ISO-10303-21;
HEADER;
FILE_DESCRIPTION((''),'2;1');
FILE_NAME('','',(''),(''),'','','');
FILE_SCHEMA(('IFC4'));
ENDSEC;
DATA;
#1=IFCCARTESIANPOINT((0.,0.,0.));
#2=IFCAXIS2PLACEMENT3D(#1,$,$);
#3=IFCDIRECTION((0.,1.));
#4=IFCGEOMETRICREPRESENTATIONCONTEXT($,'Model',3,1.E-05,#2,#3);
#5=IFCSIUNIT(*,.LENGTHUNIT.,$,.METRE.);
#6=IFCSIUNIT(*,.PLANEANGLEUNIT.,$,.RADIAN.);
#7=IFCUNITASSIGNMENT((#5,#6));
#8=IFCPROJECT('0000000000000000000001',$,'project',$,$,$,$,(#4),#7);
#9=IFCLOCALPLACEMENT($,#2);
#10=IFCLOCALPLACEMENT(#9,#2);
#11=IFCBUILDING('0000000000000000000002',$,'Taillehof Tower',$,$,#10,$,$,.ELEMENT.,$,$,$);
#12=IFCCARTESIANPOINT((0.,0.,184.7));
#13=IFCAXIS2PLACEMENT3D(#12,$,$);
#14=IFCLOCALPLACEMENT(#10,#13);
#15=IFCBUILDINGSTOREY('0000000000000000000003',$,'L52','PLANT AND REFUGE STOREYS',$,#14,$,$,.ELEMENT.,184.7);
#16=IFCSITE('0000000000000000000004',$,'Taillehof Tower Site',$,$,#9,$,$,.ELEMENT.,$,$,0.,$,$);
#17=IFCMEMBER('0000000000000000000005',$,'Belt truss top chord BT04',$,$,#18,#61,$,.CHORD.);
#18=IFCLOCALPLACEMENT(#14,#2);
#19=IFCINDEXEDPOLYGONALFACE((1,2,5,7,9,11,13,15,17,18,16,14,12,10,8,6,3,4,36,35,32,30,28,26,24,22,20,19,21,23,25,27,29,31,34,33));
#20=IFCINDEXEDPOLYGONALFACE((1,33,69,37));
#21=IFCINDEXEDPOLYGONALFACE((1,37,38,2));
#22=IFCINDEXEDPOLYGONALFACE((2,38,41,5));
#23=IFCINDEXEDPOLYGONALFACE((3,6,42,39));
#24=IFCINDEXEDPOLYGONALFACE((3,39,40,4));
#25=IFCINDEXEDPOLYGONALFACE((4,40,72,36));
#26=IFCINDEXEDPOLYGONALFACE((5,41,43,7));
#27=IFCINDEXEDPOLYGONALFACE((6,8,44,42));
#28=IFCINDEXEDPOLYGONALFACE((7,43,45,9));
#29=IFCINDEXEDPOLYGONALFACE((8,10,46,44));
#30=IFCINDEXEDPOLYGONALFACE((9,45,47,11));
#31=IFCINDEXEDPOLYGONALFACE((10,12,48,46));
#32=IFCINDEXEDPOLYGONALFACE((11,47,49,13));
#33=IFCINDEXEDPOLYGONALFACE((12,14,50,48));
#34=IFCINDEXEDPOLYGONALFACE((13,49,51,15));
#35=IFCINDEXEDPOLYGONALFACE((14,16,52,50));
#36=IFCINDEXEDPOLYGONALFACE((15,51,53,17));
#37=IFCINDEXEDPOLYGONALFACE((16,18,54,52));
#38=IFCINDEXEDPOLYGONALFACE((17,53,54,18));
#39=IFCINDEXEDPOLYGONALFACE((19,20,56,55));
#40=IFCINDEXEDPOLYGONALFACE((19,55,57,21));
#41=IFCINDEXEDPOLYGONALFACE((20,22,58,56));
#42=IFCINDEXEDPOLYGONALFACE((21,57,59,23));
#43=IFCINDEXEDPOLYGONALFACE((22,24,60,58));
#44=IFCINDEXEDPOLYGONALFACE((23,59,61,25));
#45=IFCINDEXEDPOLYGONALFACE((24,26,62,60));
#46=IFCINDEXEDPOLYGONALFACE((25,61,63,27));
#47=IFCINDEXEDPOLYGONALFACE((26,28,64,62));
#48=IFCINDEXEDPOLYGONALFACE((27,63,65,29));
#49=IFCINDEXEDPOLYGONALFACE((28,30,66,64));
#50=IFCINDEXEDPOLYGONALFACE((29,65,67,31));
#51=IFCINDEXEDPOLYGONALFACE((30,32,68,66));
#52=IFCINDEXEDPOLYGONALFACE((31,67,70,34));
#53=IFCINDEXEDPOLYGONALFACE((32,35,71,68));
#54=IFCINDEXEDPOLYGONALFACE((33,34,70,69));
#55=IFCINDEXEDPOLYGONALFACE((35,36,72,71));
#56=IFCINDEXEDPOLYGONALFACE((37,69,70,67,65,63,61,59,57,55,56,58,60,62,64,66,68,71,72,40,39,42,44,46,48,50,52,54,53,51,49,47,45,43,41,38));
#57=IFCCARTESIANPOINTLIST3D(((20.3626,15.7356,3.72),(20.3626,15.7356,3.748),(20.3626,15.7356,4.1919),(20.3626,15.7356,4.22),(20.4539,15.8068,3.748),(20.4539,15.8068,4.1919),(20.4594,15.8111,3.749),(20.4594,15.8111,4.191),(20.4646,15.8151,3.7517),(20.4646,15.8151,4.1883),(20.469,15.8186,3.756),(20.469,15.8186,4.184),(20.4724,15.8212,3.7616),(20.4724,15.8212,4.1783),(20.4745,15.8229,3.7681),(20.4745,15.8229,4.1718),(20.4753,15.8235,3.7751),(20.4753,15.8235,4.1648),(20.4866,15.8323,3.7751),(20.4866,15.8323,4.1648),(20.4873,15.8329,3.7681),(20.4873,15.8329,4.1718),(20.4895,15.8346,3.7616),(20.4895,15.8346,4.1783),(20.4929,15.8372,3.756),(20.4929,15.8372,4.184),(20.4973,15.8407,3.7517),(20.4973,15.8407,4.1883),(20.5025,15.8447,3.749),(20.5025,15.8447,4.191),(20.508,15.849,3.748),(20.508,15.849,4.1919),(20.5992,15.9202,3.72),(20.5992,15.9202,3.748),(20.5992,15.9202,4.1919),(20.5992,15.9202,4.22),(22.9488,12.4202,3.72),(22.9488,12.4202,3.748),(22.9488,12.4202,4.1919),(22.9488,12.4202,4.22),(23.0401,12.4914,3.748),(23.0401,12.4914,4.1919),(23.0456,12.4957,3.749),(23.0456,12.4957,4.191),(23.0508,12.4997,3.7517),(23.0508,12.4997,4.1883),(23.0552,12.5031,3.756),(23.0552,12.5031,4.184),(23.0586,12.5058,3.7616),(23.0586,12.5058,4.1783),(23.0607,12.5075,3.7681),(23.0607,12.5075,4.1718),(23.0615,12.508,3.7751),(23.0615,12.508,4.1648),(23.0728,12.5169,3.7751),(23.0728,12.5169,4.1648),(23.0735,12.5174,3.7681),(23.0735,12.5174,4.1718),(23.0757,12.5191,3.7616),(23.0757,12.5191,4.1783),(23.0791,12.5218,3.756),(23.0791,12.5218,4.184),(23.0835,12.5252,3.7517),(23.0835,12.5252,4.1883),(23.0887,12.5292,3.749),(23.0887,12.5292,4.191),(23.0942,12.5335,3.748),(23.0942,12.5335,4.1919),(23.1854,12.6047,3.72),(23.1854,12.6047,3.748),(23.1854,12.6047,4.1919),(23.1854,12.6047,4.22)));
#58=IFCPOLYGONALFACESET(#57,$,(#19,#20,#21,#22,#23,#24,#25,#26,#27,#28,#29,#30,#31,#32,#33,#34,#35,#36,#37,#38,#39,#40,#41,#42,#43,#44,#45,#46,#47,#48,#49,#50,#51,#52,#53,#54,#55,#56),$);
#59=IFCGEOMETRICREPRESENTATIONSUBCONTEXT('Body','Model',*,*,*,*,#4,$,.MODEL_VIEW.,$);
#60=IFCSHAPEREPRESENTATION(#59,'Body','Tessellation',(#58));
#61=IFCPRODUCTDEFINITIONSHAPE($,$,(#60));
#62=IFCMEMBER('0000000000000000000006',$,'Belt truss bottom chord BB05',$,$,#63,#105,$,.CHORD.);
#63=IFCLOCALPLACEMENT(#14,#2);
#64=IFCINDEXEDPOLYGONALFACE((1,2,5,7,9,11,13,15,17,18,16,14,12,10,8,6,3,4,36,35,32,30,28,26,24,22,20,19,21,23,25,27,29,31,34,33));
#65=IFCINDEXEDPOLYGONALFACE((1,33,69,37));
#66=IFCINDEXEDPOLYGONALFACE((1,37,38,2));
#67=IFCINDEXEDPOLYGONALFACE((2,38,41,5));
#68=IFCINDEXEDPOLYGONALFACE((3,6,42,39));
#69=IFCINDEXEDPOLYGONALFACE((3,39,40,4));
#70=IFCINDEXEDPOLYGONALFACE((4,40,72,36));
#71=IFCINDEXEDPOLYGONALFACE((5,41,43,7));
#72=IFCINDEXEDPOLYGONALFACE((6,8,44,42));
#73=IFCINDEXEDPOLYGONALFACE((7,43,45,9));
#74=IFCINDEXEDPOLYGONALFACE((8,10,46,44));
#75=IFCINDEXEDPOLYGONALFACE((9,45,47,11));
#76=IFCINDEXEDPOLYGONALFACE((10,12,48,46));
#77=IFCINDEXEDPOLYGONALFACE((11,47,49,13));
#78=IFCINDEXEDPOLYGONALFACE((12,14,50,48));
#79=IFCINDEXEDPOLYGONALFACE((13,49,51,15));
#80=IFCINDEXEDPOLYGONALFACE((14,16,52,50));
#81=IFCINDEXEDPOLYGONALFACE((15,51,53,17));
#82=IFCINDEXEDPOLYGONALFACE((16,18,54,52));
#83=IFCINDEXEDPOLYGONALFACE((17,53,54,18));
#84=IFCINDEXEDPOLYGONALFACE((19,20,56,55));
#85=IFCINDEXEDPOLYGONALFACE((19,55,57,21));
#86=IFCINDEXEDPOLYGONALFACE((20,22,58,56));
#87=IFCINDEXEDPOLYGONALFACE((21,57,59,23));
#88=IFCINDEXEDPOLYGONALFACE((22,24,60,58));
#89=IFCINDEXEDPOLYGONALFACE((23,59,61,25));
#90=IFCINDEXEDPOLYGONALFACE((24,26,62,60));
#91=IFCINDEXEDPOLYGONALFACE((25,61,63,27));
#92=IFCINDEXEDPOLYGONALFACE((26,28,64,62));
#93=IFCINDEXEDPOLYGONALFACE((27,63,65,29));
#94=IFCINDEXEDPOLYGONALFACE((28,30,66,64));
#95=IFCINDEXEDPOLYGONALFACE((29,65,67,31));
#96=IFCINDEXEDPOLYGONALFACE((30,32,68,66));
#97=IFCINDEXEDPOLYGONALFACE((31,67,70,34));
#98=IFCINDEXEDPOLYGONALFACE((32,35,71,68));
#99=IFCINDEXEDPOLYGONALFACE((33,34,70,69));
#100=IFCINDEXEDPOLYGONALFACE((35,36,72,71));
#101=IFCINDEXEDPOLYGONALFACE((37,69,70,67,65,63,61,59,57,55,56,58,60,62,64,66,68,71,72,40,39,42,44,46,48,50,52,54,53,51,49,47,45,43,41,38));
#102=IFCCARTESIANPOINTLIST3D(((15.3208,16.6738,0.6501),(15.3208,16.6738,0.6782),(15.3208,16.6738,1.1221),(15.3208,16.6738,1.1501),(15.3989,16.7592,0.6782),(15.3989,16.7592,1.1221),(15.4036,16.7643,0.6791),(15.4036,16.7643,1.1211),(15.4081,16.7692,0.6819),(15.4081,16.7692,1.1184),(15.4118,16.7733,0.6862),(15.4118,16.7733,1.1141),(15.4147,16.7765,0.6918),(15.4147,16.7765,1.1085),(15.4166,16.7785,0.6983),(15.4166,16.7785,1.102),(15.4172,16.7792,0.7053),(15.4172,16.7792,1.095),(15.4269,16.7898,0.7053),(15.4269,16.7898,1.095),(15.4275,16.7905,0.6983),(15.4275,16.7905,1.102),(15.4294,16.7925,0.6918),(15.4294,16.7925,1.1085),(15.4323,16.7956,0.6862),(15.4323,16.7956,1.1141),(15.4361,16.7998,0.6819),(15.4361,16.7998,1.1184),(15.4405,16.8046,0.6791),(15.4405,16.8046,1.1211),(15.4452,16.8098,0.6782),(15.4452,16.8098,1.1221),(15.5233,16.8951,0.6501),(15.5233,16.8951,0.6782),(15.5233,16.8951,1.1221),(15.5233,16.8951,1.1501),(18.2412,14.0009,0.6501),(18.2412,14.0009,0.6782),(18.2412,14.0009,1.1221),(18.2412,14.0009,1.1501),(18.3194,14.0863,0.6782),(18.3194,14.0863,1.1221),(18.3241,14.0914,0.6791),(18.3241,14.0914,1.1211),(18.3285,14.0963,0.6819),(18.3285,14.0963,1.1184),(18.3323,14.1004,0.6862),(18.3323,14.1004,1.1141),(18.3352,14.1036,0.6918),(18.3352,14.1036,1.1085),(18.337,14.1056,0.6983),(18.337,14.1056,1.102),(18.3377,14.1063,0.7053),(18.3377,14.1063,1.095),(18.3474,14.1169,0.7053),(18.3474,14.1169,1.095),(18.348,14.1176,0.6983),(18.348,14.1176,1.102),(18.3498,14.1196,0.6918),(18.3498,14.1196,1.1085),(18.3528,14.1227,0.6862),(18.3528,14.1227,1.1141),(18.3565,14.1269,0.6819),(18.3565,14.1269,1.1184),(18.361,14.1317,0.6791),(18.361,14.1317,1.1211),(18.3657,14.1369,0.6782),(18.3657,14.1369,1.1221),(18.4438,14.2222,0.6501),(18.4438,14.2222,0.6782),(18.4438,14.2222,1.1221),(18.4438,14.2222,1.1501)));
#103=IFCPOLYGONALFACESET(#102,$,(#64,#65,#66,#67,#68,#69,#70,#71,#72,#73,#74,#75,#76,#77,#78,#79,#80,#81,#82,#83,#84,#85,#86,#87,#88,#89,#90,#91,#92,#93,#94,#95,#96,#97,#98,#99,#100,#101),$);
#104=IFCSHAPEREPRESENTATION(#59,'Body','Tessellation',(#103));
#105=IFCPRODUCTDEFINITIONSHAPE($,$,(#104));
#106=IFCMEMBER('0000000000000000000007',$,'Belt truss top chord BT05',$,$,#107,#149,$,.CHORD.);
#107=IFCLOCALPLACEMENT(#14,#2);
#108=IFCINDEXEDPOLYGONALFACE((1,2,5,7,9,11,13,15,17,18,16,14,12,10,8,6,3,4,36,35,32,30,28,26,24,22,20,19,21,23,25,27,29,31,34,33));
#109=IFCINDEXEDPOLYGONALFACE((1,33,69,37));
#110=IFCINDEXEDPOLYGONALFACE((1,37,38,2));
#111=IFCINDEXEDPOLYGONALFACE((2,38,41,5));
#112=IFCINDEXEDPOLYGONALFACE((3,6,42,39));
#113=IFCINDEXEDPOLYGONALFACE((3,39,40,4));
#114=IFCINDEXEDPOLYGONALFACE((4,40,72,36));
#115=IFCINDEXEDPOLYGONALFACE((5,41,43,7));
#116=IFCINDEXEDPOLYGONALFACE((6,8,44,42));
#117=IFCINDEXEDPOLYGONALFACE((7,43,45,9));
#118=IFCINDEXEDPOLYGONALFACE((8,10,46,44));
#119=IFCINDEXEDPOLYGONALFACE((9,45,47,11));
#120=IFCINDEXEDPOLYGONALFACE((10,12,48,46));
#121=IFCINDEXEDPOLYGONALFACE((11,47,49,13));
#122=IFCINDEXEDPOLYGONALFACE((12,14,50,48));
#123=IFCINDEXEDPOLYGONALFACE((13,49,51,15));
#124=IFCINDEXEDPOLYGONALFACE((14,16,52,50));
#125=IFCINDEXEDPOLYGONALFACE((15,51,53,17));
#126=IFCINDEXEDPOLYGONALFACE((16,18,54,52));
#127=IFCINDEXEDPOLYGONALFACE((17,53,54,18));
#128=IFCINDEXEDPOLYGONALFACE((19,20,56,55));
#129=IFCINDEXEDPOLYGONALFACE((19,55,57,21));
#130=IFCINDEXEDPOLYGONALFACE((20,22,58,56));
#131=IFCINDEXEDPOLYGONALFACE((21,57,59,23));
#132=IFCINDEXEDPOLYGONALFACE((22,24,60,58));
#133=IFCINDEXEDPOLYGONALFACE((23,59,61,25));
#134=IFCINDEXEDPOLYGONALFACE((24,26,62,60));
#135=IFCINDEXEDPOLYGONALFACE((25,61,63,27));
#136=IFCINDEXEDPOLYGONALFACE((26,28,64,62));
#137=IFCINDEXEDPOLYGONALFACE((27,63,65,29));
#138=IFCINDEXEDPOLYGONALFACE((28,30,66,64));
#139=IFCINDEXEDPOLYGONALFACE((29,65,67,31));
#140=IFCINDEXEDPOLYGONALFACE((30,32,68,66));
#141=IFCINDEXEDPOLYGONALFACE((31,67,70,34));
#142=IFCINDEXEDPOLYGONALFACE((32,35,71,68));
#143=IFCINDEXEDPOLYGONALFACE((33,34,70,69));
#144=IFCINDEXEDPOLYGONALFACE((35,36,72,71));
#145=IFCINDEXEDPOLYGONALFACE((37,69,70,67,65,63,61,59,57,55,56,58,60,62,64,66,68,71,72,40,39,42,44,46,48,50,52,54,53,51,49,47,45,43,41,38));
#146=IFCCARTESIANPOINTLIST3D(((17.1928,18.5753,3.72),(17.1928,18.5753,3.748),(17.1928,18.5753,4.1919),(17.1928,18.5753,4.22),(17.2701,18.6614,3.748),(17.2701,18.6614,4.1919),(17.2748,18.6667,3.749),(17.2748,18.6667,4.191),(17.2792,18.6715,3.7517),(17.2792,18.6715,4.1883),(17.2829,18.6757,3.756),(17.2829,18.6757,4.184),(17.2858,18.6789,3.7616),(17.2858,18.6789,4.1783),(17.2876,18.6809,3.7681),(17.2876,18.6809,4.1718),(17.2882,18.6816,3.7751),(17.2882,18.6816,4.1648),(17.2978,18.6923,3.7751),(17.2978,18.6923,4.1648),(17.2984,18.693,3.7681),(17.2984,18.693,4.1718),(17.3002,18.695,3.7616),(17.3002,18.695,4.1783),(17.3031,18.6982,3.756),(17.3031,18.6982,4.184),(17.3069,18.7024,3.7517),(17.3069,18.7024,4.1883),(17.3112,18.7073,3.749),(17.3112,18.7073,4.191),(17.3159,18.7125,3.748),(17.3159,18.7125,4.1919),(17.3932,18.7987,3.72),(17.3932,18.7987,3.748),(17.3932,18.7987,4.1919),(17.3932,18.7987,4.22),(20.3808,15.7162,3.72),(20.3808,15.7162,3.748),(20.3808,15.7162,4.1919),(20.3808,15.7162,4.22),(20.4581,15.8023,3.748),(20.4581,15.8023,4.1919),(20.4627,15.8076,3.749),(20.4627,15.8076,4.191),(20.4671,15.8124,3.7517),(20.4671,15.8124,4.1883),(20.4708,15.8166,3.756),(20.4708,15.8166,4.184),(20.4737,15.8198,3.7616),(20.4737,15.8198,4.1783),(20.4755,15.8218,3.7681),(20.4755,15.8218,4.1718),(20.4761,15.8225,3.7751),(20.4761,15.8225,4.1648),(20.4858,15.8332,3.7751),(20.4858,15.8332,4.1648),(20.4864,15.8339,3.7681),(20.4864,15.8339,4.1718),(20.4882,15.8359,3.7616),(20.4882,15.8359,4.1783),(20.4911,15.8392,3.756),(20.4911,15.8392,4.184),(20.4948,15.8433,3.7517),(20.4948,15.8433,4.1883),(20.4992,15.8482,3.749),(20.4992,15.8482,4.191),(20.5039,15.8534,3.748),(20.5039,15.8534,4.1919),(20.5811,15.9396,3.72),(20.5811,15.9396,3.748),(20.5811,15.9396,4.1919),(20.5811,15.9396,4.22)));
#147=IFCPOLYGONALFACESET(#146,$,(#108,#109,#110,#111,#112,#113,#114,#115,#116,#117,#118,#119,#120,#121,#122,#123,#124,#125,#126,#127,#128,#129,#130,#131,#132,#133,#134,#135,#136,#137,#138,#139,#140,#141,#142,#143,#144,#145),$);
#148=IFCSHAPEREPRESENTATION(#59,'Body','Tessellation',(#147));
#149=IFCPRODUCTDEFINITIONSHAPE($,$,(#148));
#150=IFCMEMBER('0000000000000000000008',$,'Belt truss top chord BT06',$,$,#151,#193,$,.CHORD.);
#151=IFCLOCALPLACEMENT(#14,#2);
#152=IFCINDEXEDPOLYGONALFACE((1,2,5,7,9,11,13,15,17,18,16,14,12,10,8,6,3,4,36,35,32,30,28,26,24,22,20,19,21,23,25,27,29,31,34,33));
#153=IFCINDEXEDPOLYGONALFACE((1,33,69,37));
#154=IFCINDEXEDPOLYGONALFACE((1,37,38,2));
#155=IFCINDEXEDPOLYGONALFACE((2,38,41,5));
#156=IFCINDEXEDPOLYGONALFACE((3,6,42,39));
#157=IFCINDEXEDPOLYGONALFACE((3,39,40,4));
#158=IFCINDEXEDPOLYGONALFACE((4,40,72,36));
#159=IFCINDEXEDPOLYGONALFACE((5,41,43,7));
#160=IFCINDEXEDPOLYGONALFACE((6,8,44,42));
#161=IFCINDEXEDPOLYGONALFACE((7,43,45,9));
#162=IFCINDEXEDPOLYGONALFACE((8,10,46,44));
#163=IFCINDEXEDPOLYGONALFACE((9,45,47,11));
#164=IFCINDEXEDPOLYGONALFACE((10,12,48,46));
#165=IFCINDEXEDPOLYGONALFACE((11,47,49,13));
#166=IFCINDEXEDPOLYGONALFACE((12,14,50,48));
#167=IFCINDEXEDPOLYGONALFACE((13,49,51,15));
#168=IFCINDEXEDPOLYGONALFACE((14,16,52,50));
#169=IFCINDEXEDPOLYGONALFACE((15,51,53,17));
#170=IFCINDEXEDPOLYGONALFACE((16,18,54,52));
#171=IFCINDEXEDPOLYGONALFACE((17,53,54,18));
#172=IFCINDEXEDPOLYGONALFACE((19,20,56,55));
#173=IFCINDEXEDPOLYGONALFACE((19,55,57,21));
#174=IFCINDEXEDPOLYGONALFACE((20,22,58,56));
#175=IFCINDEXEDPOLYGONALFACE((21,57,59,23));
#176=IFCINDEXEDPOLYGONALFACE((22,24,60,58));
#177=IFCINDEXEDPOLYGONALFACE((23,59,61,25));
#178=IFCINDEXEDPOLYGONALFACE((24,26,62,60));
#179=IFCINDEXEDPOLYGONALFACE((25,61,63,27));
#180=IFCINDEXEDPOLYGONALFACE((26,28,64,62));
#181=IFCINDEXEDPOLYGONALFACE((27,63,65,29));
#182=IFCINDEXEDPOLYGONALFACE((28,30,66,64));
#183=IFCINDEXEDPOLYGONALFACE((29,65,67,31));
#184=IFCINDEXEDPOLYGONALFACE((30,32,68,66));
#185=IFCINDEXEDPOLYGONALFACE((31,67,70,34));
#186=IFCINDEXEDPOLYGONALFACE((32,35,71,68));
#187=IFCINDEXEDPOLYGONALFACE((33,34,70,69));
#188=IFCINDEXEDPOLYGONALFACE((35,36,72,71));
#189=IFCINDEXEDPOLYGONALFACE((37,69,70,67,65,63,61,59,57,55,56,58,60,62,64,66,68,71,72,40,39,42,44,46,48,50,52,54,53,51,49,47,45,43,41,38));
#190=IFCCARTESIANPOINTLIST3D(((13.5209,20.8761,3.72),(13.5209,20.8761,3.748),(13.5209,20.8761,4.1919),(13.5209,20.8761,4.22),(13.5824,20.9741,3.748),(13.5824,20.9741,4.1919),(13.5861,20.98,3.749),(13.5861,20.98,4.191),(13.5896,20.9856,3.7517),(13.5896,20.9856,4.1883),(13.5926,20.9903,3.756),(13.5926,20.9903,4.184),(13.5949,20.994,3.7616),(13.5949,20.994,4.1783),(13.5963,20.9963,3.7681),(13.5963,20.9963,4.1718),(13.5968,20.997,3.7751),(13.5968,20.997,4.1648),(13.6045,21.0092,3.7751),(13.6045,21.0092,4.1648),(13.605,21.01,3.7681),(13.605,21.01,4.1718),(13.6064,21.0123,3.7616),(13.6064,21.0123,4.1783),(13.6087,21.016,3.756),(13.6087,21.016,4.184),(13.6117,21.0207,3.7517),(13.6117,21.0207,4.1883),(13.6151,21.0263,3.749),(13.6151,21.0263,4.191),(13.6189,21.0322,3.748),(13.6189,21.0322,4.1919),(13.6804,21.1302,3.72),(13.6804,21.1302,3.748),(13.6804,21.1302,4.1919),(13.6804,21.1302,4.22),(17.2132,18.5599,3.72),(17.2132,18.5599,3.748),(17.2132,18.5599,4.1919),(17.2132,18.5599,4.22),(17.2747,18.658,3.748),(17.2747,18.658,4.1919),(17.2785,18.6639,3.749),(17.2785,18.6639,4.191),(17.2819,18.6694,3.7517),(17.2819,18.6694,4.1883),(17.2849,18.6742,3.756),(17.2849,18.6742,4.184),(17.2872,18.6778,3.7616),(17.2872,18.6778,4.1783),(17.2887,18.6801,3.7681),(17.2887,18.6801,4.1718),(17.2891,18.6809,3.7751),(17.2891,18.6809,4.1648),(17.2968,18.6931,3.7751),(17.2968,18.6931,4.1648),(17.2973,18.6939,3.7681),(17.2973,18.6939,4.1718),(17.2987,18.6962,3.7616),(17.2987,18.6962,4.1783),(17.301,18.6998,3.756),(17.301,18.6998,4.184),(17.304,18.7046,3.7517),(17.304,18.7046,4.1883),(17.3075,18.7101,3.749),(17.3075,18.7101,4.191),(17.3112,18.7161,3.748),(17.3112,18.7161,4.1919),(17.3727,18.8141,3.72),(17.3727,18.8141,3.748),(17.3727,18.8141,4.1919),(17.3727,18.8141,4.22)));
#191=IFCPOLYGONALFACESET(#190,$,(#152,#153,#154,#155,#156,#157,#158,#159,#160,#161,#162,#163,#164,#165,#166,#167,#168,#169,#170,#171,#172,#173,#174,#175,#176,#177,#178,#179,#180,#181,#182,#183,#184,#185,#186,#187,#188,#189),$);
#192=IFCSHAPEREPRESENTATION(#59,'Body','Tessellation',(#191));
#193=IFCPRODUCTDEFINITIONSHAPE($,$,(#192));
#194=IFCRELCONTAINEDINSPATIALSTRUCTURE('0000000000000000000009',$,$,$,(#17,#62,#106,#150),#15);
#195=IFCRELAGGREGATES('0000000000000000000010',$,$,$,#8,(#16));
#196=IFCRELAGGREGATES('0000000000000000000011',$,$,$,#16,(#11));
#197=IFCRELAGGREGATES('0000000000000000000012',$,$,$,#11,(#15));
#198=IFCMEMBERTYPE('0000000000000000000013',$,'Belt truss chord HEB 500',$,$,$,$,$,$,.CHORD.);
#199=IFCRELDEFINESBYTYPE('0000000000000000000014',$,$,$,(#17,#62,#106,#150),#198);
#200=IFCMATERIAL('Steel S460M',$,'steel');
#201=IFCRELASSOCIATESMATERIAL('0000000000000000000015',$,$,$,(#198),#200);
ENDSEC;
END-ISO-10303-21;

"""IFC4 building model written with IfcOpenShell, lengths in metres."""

from ifc_helpers import new_model, si_unit, direction, frame, origin, origin_2d, place, context, subcontext, project, spatial, i_section, extrude, material, material_profile, profile_set, type_object, element, save


model = new_model("IFC4")

# Units and contexts
model_context = context("Model", 3, precision=1e-05, world=origin(), true_north=direction((0.0, 1.0)))
body_context = subcontext(model_context, "Body", "Model", "MODEL_VIEW")
ifc_project = project(units=[si_unit("LENGTHUNIT", "METRE"), si_unit("PLANEANGLEUNIT", "RADIAN")], contexts=[model_context])

# Site, building, storey
site_placement = place(None, origin())
site = spatial("IfcSite", under=ifc_project, at=site_placement, Name="Taillehof Tower Site", CompositionType="ELEMENT", RefElevation=0.0)
building_placement = place(site_placement, origin())
building = spatial("IfcBuilding", under=site, at=building_placement, Name="Taillehof Tower", CompositionType="ELEMENT")
storey_placement = place(building_placement, frame((0.0, 0.0, 184.7)))
storey = spatial("IfcBuildingStorey", under=building, at=storey_placement, Name="L52", Description="PLANT AND REFUGE STOREYS", CompositionType="ELEMENT", Elevation=184.7)

# Members
ifc_material_1 = material(Name="Steel S460M", Category="steel")
ifc_material_profile_1 = material_profile(ifc_material_1, i_section(OverallWidth=0.3, OverallDepth=0.5, WebThickness=0.0144, FlangeThickness=0.0281, FilletRadius=0.0271, at=origin_2d()), Name="HEB 500")
ifc_profile_set_1 = profile_set([ifc_material_profile_1], Name="Steel S460M")
member_type_1 = type_object("IfcMemberType", Name="Belt truss chord HEB 500", PredefinedType="CHORD", material=ifc_profile_set_1)
member_1_placement = place(storey_placement, frame((23.0671, 12.5125, 3.97), z_axis=(-0.615053, 0.788485, 0.0), x_axis=(-0.788485, -0.615053, 0.0)))
element("IfcMember", 1, at=member_1_placement, inside=storey, type_object=member_type_1, Name="Belt truss top chord BT04", PredefinedType="CHORD", context=body_context, shape_type="SweptSolid", body=[
    extrude(i_section(OverallWidth=0.3, OverallDepth=0.5, WebThickness=0.0144, FlangeThickness=0.0281, FilletRadius=0.0271, at=origin_2d()), origin(), (0.0, 0.0, 1.0), 4.2048),
])
member_2_placement = place(storey_placement, frame((18.3425, 14.1116, 0.9001), z_axis=(-0.737681, 0.675149, 0.0), x_axis=(-0.675149, -0.737681, 0.0)))
element("IfcMember", 2, at=member_2_placement, inside=storey, type_object=member_type_1, Name="Belt truss bottom chord BB05", PredefinedType="CHORD", context=body_context, shape_type="SweptSolid", body=[
    extrude(i_section(OverallWidth=0.3, OverallDepth=0.5, WebThickness=0.0144, FlangeThickness=0.0281, FilletRadius=0.0271, at=origin_2d()), origin(), (0.0, 0.0, 1.0), 3.959),
])
member_3_placement = place(storey_placement, frame((20.481, 15.8279, 3.97), z_axis=(-0.744461, 0.667666, 0.0), x_axis=(-0.667666, -0.744461, 0.0)))
element("IfcMember", 3, at=member_3_placement, inside=storey, type_object=member_type_1, Name="Belt truss top chord BT05", PredefinedType="CHORD", context=body_context, shape_type="SweptSolid", body=[
    extrude(i_section(OverallWidth=0.3, OverallDepth=0.5, WebThickness=0.0144, FlangeThickness=0.0281, FilletRadius=0.0271, at=origin_2d()), origin(), (0.0, 0.0, 1.0), 4.2822),
])
member_4_placement = place(storey_placement, frame((17.293, 18.687, 3.97), z_axis=(-0.847129, 0.531388, 0.0), x_axis=(-0.531388, -0.847129, 0.0)))
element("IfcMember", 4, at=member_4_placement, inside=storey, type_object=member_type_1, Name="Belt truss top chord BT06", PredefinedType="CHORD", context=body_context, shape_type="SweptSolid", body=[
    extrude(i_section(OverallWidth=0.3, OverallDepth=0.5, WebThickness=0.0144, FlangeThickness=0.0281, FilletRadius=0.0271, at=origin_2d()), origin(), (0.0, 0.0, 1.0), 4.3586),
])

save(model, "model.ifc")
